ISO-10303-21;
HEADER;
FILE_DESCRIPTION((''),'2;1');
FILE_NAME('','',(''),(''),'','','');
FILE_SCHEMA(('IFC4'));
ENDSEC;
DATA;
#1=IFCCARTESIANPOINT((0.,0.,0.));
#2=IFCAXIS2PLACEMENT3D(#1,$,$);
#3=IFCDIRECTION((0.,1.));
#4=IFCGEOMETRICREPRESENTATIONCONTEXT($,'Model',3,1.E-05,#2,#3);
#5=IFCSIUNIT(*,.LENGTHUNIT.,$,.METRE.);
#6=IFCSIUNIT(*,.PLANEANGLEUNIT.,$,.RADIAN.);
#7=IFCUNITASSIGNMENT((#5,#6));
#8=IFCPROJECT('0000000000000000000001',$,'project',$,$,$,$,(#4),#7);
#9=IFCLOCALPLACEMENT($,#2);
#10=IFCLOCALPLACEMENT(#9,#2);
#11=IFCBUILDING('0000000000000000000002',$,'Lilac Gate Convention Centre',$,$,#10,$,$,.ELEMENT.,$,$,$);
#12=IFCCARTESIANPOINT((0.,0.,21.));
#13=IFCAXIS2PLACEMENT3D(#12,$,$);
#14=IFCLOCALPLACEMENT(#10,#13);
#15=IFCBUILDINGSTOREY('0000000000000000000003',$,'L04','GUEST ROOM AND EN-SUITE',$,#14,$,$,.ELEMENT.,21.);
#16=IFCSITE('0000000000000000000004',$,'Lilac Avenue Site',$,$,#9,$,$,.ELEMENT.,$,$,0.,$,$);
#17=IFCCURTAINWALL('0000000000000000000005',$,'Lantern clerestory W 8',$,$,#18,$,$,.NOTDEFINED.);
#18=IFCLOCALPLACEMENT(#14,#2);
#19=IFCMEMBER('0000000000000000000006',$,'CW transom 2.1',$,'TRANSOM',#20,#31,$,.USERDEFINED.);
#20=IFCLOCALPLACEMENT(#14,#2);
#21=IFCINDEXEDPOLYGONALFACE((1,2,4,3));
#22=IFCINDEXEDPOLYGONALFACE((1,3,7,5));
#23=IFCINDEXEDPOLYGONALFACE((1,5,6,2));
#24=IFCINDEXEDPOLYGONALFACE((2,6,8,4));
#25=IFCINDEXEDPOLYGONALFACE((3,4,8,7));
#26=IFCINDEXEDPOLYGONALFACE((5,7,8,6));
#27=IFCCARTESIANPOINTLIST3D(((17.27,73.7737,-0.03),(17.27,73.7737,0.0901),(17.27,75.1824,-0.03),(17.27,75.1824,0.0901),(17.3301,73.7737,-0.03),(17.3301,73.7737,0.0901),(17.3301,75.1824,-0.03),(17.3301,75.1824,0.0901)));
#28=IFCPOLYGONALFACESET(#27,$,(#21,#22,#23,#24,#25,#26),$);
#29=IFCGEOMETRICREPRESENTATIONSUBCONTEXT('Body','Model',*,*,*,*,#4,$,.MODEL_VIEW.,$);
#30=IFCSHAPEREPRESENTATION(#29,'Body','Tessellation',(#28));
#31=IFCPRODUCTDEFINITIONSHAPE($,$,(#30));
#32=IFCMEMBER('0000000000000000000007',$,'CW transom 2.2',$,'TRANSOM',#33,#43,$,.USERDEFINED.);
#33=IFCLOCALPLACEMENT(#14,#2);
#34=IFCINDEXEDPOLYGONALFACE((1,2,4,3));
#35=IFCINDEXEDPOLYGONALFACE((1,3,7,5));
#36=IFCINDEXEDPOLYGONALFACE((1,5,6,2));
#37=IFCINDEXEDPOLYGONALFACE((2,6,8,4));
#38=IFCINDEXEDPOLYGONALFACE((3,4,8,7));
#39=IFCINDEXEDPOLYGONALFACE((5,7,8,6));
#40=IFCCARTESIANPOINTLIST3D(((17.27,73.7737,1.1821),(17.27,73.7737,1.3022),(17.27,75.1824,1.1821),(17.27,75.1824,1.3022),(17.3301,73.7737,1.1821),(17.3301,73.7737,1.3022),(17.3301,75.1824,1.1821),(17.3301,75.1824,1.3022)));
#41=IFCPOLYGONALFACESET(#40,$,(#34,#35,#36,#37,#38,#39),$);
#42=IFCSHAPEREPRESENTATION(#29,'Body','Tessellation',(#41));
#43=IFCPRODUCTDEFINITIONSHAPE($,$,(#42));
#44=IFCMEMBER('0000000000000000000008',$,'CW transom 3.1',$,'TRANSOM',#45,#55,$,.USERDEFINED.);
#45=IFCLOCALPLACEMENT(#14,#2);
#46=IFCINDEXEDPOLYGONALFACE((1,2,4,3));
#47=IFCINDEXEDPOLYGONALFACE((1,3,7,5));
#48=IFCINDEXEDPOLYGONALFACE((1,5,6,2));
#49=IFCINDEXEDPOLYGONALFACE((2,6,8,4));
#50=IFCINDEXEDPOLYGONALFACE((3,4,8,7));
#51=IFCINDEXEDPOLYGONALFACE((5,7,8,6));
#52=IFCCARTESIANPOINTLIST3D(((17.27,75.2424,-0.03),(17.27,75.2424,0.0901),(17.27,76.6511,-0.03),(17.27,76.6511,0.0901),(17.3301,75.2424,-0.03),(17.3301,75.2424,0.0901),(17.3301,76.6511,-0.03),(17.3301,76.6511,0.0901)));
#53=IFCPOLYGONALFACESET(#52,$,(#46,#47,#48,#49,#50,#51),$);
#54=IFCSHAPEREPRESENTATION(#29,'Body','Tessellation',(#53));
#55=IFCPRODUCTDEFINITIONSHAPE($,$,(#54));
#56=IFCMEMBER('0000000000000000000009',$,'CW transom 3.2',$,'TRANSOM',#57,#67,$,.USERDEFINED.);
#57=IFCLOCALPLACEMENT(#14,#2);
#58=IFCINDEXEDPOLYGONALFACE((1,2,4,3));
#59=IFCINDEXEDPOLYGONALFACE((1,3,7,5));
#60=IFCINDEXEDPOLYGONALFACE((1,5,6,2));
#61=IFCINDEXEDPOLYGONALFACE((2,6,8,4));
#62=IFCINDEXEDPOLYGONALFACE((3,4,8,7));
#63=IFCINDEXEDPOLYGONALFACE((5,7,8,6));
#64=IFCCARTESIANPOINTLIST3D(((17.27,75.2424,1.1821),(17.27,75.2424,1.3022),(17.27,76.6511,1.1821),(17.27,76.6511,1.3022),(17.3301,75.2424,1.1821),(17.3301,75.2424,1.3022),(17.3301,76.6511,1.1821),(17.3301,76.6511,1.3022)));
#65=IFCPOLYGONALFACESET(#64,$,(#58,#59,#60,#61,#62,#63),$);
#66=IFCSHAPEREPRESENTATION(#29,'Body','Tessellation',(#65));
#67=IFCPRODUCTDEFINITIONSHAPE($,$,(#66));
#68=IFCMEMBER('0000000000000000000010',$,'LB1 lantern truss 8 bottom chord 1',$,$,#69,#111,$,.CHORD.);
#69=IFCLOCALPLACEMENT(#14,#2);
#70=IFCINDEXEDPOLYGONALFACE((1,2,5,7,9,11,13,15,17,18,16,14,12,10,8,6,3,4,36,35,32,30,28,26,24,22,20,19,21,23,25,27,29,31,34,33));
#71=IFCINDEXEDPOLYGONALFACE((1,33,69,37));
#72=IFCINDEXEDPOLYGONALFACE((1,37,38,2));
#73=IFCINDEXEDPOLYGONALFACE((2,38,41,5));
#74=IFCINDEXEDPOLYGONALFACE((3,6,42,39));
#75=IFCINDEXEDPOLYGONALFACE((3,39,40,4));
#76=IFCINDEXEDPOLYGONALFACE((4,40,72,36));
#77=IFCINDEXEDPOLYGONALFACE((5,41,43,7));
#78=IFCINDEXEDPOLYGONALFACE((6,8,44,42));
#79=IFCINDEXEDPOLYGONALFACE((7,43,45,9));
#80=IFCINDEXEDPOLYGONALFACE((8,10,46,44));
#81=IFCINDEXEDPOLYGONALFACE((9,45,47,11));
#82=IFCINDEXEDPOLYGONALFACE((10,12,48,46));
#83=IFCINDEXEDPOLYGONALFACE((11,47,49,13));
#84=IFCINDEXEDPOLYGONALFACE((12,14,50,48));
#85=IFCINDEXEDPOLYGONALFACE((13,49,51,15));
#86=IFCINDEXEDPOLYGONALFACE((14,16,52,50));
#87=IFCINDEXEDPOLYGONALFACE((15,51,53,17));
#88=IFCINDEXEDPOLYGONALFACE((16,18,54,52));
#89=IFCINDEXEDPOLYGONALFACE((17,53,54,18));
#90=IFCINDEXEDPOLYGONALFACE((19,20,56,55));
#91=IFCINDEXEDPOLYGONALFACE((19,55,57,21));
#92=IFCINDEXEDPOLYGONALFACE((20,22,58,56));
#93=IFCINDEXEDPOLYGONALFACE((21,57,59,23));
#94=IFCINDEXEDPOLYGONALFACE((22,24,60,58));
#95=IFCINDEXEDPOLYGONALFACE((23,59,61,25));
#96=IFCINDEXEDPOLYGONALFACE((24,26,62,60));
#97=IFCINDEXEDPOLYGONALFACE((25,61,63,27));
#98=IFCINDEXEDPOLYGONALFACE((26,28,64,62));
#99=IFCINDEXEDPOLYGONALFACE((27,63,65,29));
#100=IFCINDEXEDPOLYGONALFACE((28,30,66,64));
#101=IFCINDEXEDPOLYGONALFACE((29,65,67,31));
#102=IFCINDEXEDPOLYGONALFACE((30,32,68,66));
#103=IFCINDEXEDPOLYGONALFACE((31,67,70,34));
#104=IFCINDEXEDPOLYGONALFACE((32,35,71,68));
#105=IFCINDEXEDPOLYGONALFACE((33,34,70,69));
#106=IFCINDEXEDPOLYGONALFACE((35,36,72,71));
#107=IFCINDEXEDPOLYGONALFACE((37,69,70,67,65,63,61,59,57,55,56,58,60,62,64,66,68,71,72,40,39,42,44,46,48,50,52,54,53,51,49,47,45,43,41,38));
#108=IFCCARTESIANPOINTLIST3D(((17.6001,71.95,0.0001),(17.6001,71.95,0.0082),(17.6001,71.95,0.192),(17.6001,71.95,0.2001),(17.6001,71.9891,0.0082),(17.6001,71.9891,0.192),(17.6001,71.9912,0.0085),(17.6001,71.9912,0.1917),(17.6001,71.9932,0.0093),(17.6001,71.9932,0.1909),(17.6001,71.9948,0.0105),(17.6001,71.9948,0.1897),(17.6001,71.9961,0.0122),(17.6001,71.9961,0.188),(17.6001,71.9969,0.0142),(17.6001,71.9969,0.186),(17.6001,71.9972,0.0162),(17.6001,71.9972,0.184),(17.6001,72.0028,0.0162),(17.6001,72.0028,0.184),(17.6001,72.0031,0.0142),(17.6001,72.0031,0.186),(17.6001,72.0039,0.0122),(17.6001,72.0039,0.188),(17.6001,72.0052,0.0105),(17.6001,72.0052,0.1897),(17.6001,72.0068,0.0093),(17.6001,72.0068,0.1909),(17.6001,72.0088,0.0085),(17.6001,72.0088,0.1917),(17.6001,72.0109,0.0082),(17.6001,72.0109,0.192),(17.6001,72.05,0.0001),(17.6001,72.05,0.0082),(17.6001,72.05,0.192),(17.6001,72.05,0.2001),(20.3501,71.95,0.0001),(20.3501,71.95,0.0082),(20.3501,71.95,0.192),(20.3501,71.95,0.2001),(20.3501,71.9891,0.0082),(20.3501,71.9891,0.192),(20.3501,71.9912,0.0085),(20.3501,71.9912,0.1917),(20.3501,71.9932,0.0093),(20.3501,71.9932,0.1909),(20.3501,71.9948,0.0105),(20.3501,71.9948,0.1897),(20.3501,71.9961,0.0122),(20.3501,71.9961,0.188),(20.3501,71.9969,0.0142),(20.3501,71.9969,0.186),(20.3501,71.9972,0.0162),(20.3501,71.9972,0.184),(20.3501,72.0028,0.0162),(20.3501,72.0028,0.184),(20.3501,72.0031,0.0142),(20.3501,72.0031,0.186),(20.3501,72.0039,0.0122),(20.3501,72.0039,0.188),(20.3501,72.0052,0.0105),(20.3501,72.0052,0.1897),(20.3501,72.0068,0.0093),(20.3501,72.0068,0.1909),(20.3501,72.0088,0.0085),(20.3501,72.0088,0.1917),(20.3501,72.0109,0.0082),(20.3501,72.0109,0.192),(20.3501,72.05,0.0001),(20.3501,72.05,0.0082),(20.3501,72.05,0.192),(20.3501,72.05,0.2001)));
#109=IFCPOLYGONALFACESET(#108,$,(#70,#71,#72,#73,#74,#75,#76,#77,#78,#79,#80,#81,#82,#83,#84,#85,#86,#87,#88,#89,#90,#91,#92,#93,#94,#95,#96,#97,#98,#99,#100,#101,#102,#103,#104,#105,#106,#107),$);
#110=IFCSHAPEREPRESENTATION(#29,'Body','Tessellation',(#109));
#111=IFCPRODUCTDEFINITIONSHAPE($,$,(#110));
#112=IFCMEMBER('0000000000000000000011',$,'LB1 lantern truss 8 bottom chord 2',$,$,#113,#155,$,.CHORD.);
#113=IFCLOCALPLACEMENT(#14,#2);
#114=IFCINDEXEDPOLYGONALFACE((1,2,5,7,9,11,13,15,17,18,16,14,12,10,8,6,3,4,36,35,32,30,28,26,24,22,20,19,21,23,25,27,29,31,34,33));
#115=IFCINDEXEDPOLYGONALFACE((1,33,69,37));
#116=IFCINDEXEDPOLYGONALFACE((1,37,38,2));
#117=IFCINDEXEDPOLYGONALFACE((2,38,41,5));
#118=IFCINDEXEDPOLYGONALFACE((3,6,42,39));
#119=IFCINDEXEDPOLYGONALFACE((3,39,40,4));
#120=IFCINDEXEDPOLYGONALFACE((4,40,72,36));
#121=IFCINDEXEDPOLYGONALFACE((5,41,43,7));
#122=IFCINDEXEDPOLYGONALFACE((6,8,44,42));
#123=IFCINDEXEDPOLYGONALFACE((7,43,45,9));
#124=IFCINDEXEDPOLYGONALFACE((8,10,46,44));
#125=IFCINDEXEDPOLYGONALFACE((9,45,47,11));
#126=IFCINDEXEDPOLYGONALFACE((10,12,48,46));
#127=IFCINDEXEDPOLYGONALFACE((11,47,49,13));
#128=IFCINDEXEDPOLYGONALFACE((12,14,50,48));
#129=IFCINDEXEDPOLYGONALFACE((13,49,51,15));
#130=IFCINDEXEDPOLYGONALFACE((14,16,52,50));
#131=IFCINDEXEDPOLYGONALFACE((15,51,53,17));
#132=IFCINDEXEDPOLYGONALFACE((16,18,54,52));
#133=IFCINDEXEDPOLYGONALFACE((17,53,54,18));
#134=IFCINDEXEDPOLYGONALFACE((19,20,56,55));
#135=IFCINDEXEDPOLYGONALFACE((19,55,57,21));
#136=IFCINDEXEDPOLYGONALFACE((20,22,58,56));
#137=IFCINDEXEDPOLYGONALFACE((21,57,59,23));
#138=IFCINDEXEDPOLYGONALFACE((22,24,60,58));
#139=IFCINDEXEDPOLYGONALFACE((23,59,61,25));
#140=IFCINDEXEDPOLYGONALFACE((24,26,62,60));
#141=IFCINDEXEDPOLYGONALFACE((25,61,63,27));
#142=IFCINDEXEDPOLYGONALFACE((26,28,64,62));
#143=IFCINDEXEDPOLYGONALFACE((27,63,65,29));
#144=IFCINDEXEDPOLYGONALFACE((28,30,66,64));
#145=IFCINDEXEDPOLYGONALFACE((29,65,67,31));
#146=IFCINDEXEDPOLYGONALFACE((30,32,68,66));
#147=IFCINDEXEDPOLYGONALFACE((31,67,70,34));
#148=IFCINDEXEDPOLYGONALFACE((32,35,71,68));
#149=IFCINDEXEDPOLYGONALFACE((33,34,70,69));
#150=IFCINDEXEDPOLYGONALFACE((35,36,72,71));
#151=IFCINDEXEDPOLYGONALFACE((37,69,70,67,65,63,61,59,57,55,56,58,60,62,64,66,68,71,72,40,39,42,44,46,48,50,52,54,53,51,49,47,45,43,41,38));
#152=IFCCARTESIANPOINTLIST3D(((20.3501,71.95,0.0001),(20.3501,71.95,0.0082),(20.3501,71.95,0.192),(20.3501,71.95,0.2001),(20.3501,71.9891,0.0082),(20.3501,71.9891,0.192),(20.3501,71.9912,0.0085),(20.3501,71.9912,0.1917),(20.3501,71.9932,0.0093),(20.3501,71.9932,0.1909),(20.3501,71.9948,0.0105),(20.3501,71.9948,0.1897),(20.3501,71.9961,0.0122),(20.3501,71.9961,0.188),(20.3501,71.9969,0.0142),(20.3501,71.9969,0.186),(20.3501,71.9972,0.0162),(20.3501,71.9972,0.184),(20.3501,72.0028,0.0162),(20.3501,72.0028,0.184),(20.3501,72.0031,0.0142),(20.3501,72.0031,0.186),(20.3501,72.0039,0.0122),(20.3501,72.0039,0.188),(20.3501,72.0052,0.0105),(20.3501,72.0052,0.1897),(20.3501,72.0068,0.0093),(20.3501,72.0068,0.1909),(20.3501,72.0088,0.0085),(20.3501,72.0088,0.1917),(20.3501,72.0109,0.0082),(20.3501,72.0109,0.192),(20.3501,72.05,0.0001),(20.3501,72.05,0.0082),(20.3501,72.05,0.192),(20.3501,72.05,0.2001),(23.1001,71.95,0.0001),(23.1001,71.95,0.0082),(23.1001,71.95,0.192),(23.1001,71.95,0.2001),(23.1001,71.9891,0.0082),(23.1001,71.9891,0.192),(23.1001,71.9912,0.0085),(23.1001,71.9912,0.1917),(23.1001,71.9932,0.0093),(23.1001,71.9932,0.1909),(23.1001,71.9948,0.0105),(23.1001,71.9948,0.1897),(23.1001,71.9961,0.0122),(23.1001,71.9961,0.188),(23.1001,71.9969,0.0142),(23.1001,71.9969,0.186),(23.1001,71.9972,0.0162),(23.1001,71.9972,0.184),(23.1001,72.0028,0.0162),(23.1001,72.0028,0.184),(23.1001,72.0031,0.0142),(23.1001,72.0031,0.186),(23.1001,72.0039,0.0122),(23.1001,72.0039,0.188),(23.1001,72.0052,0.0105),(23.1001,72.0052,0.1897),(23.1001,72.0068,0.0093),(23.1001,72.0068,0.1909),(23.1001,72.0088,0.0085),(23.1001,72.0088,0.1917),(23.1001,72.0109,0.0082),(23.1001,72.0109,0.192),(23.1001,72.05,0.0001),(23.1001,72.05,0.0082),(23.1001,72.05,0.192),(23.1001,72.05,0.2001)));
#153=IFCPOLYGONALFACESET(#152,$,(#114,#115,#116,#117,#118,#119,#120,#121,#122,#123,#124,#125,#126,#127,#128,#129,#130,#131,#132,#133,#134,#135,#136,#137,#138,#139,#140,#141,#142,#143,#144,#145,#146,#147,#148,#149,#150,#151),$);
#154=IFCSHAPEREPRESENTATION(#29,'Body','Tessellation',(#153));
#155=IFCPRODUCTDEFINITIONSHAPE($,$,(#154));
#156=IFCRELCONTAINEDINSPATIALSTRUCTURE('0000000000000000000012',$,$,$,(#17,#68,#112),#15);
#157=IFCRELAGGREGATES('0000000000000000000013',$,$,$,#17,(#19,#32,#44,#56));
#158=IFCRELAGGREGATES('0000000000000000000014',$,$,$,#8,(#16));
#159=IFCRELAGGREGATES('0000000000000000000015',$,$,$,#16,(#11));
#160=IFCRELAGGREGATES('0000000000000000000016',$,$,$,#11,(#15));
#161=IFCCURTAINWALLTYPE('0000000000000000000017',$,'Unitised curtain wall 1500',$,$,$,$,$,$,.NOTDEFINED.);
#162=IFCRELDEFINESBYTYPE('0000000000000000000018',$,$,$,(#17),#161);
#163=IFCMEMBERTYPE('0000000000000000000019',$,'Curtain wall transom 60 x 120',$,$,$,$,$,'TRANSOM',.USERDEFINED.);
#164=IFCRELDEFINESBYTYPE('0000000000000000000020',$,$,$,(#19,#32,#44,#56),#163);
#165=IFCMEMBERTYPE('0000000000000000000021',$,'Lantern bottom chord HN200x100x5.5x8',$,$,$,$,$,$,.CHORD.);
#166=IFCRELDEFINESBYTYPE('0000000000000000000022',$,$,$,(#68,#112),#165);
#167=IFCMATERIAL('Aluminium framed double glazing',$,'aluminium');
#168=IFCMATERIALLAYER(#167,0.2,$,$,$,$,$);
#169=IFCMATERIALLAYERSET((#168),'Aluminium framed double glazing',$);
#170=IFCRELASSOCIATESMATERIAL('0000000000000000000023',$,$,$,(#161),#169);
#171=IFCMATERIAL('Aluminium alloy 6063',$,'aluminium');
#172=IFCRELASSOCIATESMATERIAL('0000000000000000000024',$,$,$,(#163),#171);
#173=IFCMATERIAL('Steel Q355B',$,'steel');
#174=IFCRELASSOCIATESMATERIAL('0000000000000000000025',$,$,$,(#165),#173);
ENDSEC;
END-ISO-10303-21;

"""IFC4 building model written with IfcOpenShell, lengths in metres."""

from ifc_helpers import new_model, si_unit, direction, frame, origin, origin_2d, place, context, subcontext, project, spatial, rectangle, i_section, extrude, material, layer, layer_set, material_profile, profile_set, type_object, element, aggregate, save


model = new_model("IFC4")

# Units and contexts
model_context = context("Model", 3, precision=1e-05, world=origin(), true_north=direction((0.0, 1.0)))
body_context = subcontext(model_context, "Body", "Model", "MODEL_VIEW")
ifc_project = project(units=[si_unit("LENGTHUNIT", "METRE"), si_unit("PLANEANGLEUNIT", "RADIAN")], contexts=[model_context])

# Site, building, storey
site_placement = place(None, origin())
site = spatial("IfcSite", under=ifc_project, at=site_placement, Name="Lilac Avenue Site", CompositionType="ELEMENT", RefElevation=0.0)
building_placement = place(site_placement, origin())
building = spatial("IfcBuilding", under=site, at=building_placement, Name="Lilac Gate Convention Centre", CompositionType="ELEMENT")
storey_placement = place(building_placement, frame((0.0, 0.0, 21.0)))
storey = spatial("IfcBuildingStorey", under=building, at=storey_placement, Name="L04", Description="GUEST ROOM AND EN-SUITE", CompositionType="ELEMENT", Elevation=21.0)

# Curtain wall
ifc_material_1 = material(Name="Aluminium framed double glazing", Category="aluminium")
ifc_layer_1 = layer(ifc_material_1, 0.2)
ifc_layer_set_1 = layer_set([ifc_layer_1], Name="Aluminium framed double glazing")
curtain_wall_type = type_object("IfcCurtainWallType", Name="Unitised curtain wall 1500", PredefinedType="NOTDEFINED", material=ifc_layer_set_1)
ifc_material_2 = material(Name="Aluminium alloy 6063", Category="aluminium")
curtain_wall_1_placement = place(storey_placement, origin())
curtain_wall_1 = element("IfcCurtainWall", 1, at=curtain_wall_1_placement, inside=storey, type_object=curtain_wall_type, Name="Lantern clerestory W 8", PredefinedType="NOTDEFINED")

# Members
ifc_material_profile_1 = material_profile(ifc_material_2, rectangle(XDim=0.0601, YDim=0.1201, at=origin_2d()), Name="Curtain wall transom 60 x 120")
ifc_profile_set_1 = profile_set([ifc_material_profile_1], Name="Aluminium alloy 6063")
member_type_1 = type_object("IfcMemberType", Name="Curtain wall transom 60 x 120", ElementType="TRANSOM", PredefinedType="USERDEFINED", material=ifc_profile_set_1)
member_1_placement = place(storey_placement, frame((17.3, 73.7737, 0.03), z_axis=(0.0, 1.0, 0.0), x_axis=(-1.0, 0.0, 0.0)))
member_1 = element("IfcMember", 2, at=member_1_placement, type_object=member_type_1, Name="CW transom 2.1", ObjectType="TRANSOM", PredefinedType="USERDEFINED", context=body_context, shape_type="SweptSolid", body=[
    extrude(rectangle(XDim=0.0601, YDim=0.1201, at=origin_2d()), origin(), (0.0, 0.0, 1.0), 1.4087),
])
member_2_placement = place(storey_placement, frame((17.3, 73.7737, 1.2422), z_axis=(0.0, 1.0, 0.0), x_axis=(-1.0, 0.0, 0.0)))
member_2 = element("IfcMember", 3, at=member_2_placement, type_object=member_type_1, Name="CW transom 2.2", ObjectType="TRANSOM", PredefinedType="USERDEFINED", context=body_context, shape_type="SweptSolid", body=[
    extrude(rectangle(XDim=0.0601, YDim=0.1201, at=origin_2d()), origin(), (0.0, 0.0, 1.0), 1.4087),
])
member_3_placement = place(storey_placement, frame((17.3, 75.2424, 0.03), z_axis=(0.0, 1.0, 0.0), x_axis=(-1.0, 0.0, 0.0)))
member_3 = element("IfcMember", 4, at=member_3_placement, type_object=member_type_1, Name="CW transom 3.1", ObjectType="TRANSOM", PredefinedType="USERDEFINED", context=body_context, shape_type="SweptSolid", body=[
    extrude(rectangle(XDim=0.0601, YDim=0.1201, at=origin_2d()), origin(), (0.0, 0.0, 1.0), 1.4087),
])
member_4_placement = place(storey_placement, frame((17.3, 75.2424, 1.2422), z_axis=(0.0, 1.0, 0.0), x_axis=(-1.0, 0.0, 0.0)))
member_4 = element("IfcMember", 5, at=member_4_placement, type_object=member_type_1, Name="CW transom 3.2", ObjectType="TRANSOM", PredefinedType="USERDEFINED", context=body_context, shape_type="SweptSolid", body=[
    extrude(rectangle(XDim=0.0601, YDim=0.1201, at=origin_2d()), origin(), (0.0, 0.0, 1.0), 1.4087),
])

# Members
ifc_material_3 = material(Name="Steel Q355B", Category="steel")
ifc_material_profile_2 = material_profile(ifc_material_3, i_section(OverallWidth=0.1001, OverallDepth=0.2, WebThickness=0.0056, FlangeThickness=0.0081, FilletRadius=0.0081, at=origin_2d()), Name="HN200x100x5.5x8")
ifc_profile_set_2 = profile_set([ifc_material_profile_2], Name="Steel Q355B")
member_type_2 = type_object("IfcMemberType", Name="Lantern bottom chord HN200x100x5.5x8", PredefinedType="CHORD", material=ifc_profile_set_2)
for number, where, z_axis, x_axis, name in (
    (6, (17.6001, 72.0, 0.1001), (1.0, 0.0, 0.0), (0.0, 1.0, 0.0), "LB1 lantern truss 8 bottom chord 1"),
    (7, (20.3501, 72.0, 0.1001), (1.0, 0.0, 0.0), (0.0, 1.0, 0.0), "LB1 lantern truss 8 bottom chord 2"),
):
    element("IfcMember", number, at=place(storey_placement, frame(where, z_axis=z_axis, x_axis=x_axis)), inside=storey, type_object=member_type_2, Name=name, PredefinedType="CHORD", context=body_context, shape_type="SweptSolid", body=[
        extrude(i_section(OverallWidth=0.1001, OverallDepth=0.2, WebThickness=0.0056, FlangeThickness=0.0081, FilletRadius=0.0081, at=origin_2d()), origin(), (0.0, 0.0, 1.0), 2.75),
    ])

aggregate(curtain_wall_1, [member_1, member_2, member_3, member_4])

save(model, "model.ifc")
